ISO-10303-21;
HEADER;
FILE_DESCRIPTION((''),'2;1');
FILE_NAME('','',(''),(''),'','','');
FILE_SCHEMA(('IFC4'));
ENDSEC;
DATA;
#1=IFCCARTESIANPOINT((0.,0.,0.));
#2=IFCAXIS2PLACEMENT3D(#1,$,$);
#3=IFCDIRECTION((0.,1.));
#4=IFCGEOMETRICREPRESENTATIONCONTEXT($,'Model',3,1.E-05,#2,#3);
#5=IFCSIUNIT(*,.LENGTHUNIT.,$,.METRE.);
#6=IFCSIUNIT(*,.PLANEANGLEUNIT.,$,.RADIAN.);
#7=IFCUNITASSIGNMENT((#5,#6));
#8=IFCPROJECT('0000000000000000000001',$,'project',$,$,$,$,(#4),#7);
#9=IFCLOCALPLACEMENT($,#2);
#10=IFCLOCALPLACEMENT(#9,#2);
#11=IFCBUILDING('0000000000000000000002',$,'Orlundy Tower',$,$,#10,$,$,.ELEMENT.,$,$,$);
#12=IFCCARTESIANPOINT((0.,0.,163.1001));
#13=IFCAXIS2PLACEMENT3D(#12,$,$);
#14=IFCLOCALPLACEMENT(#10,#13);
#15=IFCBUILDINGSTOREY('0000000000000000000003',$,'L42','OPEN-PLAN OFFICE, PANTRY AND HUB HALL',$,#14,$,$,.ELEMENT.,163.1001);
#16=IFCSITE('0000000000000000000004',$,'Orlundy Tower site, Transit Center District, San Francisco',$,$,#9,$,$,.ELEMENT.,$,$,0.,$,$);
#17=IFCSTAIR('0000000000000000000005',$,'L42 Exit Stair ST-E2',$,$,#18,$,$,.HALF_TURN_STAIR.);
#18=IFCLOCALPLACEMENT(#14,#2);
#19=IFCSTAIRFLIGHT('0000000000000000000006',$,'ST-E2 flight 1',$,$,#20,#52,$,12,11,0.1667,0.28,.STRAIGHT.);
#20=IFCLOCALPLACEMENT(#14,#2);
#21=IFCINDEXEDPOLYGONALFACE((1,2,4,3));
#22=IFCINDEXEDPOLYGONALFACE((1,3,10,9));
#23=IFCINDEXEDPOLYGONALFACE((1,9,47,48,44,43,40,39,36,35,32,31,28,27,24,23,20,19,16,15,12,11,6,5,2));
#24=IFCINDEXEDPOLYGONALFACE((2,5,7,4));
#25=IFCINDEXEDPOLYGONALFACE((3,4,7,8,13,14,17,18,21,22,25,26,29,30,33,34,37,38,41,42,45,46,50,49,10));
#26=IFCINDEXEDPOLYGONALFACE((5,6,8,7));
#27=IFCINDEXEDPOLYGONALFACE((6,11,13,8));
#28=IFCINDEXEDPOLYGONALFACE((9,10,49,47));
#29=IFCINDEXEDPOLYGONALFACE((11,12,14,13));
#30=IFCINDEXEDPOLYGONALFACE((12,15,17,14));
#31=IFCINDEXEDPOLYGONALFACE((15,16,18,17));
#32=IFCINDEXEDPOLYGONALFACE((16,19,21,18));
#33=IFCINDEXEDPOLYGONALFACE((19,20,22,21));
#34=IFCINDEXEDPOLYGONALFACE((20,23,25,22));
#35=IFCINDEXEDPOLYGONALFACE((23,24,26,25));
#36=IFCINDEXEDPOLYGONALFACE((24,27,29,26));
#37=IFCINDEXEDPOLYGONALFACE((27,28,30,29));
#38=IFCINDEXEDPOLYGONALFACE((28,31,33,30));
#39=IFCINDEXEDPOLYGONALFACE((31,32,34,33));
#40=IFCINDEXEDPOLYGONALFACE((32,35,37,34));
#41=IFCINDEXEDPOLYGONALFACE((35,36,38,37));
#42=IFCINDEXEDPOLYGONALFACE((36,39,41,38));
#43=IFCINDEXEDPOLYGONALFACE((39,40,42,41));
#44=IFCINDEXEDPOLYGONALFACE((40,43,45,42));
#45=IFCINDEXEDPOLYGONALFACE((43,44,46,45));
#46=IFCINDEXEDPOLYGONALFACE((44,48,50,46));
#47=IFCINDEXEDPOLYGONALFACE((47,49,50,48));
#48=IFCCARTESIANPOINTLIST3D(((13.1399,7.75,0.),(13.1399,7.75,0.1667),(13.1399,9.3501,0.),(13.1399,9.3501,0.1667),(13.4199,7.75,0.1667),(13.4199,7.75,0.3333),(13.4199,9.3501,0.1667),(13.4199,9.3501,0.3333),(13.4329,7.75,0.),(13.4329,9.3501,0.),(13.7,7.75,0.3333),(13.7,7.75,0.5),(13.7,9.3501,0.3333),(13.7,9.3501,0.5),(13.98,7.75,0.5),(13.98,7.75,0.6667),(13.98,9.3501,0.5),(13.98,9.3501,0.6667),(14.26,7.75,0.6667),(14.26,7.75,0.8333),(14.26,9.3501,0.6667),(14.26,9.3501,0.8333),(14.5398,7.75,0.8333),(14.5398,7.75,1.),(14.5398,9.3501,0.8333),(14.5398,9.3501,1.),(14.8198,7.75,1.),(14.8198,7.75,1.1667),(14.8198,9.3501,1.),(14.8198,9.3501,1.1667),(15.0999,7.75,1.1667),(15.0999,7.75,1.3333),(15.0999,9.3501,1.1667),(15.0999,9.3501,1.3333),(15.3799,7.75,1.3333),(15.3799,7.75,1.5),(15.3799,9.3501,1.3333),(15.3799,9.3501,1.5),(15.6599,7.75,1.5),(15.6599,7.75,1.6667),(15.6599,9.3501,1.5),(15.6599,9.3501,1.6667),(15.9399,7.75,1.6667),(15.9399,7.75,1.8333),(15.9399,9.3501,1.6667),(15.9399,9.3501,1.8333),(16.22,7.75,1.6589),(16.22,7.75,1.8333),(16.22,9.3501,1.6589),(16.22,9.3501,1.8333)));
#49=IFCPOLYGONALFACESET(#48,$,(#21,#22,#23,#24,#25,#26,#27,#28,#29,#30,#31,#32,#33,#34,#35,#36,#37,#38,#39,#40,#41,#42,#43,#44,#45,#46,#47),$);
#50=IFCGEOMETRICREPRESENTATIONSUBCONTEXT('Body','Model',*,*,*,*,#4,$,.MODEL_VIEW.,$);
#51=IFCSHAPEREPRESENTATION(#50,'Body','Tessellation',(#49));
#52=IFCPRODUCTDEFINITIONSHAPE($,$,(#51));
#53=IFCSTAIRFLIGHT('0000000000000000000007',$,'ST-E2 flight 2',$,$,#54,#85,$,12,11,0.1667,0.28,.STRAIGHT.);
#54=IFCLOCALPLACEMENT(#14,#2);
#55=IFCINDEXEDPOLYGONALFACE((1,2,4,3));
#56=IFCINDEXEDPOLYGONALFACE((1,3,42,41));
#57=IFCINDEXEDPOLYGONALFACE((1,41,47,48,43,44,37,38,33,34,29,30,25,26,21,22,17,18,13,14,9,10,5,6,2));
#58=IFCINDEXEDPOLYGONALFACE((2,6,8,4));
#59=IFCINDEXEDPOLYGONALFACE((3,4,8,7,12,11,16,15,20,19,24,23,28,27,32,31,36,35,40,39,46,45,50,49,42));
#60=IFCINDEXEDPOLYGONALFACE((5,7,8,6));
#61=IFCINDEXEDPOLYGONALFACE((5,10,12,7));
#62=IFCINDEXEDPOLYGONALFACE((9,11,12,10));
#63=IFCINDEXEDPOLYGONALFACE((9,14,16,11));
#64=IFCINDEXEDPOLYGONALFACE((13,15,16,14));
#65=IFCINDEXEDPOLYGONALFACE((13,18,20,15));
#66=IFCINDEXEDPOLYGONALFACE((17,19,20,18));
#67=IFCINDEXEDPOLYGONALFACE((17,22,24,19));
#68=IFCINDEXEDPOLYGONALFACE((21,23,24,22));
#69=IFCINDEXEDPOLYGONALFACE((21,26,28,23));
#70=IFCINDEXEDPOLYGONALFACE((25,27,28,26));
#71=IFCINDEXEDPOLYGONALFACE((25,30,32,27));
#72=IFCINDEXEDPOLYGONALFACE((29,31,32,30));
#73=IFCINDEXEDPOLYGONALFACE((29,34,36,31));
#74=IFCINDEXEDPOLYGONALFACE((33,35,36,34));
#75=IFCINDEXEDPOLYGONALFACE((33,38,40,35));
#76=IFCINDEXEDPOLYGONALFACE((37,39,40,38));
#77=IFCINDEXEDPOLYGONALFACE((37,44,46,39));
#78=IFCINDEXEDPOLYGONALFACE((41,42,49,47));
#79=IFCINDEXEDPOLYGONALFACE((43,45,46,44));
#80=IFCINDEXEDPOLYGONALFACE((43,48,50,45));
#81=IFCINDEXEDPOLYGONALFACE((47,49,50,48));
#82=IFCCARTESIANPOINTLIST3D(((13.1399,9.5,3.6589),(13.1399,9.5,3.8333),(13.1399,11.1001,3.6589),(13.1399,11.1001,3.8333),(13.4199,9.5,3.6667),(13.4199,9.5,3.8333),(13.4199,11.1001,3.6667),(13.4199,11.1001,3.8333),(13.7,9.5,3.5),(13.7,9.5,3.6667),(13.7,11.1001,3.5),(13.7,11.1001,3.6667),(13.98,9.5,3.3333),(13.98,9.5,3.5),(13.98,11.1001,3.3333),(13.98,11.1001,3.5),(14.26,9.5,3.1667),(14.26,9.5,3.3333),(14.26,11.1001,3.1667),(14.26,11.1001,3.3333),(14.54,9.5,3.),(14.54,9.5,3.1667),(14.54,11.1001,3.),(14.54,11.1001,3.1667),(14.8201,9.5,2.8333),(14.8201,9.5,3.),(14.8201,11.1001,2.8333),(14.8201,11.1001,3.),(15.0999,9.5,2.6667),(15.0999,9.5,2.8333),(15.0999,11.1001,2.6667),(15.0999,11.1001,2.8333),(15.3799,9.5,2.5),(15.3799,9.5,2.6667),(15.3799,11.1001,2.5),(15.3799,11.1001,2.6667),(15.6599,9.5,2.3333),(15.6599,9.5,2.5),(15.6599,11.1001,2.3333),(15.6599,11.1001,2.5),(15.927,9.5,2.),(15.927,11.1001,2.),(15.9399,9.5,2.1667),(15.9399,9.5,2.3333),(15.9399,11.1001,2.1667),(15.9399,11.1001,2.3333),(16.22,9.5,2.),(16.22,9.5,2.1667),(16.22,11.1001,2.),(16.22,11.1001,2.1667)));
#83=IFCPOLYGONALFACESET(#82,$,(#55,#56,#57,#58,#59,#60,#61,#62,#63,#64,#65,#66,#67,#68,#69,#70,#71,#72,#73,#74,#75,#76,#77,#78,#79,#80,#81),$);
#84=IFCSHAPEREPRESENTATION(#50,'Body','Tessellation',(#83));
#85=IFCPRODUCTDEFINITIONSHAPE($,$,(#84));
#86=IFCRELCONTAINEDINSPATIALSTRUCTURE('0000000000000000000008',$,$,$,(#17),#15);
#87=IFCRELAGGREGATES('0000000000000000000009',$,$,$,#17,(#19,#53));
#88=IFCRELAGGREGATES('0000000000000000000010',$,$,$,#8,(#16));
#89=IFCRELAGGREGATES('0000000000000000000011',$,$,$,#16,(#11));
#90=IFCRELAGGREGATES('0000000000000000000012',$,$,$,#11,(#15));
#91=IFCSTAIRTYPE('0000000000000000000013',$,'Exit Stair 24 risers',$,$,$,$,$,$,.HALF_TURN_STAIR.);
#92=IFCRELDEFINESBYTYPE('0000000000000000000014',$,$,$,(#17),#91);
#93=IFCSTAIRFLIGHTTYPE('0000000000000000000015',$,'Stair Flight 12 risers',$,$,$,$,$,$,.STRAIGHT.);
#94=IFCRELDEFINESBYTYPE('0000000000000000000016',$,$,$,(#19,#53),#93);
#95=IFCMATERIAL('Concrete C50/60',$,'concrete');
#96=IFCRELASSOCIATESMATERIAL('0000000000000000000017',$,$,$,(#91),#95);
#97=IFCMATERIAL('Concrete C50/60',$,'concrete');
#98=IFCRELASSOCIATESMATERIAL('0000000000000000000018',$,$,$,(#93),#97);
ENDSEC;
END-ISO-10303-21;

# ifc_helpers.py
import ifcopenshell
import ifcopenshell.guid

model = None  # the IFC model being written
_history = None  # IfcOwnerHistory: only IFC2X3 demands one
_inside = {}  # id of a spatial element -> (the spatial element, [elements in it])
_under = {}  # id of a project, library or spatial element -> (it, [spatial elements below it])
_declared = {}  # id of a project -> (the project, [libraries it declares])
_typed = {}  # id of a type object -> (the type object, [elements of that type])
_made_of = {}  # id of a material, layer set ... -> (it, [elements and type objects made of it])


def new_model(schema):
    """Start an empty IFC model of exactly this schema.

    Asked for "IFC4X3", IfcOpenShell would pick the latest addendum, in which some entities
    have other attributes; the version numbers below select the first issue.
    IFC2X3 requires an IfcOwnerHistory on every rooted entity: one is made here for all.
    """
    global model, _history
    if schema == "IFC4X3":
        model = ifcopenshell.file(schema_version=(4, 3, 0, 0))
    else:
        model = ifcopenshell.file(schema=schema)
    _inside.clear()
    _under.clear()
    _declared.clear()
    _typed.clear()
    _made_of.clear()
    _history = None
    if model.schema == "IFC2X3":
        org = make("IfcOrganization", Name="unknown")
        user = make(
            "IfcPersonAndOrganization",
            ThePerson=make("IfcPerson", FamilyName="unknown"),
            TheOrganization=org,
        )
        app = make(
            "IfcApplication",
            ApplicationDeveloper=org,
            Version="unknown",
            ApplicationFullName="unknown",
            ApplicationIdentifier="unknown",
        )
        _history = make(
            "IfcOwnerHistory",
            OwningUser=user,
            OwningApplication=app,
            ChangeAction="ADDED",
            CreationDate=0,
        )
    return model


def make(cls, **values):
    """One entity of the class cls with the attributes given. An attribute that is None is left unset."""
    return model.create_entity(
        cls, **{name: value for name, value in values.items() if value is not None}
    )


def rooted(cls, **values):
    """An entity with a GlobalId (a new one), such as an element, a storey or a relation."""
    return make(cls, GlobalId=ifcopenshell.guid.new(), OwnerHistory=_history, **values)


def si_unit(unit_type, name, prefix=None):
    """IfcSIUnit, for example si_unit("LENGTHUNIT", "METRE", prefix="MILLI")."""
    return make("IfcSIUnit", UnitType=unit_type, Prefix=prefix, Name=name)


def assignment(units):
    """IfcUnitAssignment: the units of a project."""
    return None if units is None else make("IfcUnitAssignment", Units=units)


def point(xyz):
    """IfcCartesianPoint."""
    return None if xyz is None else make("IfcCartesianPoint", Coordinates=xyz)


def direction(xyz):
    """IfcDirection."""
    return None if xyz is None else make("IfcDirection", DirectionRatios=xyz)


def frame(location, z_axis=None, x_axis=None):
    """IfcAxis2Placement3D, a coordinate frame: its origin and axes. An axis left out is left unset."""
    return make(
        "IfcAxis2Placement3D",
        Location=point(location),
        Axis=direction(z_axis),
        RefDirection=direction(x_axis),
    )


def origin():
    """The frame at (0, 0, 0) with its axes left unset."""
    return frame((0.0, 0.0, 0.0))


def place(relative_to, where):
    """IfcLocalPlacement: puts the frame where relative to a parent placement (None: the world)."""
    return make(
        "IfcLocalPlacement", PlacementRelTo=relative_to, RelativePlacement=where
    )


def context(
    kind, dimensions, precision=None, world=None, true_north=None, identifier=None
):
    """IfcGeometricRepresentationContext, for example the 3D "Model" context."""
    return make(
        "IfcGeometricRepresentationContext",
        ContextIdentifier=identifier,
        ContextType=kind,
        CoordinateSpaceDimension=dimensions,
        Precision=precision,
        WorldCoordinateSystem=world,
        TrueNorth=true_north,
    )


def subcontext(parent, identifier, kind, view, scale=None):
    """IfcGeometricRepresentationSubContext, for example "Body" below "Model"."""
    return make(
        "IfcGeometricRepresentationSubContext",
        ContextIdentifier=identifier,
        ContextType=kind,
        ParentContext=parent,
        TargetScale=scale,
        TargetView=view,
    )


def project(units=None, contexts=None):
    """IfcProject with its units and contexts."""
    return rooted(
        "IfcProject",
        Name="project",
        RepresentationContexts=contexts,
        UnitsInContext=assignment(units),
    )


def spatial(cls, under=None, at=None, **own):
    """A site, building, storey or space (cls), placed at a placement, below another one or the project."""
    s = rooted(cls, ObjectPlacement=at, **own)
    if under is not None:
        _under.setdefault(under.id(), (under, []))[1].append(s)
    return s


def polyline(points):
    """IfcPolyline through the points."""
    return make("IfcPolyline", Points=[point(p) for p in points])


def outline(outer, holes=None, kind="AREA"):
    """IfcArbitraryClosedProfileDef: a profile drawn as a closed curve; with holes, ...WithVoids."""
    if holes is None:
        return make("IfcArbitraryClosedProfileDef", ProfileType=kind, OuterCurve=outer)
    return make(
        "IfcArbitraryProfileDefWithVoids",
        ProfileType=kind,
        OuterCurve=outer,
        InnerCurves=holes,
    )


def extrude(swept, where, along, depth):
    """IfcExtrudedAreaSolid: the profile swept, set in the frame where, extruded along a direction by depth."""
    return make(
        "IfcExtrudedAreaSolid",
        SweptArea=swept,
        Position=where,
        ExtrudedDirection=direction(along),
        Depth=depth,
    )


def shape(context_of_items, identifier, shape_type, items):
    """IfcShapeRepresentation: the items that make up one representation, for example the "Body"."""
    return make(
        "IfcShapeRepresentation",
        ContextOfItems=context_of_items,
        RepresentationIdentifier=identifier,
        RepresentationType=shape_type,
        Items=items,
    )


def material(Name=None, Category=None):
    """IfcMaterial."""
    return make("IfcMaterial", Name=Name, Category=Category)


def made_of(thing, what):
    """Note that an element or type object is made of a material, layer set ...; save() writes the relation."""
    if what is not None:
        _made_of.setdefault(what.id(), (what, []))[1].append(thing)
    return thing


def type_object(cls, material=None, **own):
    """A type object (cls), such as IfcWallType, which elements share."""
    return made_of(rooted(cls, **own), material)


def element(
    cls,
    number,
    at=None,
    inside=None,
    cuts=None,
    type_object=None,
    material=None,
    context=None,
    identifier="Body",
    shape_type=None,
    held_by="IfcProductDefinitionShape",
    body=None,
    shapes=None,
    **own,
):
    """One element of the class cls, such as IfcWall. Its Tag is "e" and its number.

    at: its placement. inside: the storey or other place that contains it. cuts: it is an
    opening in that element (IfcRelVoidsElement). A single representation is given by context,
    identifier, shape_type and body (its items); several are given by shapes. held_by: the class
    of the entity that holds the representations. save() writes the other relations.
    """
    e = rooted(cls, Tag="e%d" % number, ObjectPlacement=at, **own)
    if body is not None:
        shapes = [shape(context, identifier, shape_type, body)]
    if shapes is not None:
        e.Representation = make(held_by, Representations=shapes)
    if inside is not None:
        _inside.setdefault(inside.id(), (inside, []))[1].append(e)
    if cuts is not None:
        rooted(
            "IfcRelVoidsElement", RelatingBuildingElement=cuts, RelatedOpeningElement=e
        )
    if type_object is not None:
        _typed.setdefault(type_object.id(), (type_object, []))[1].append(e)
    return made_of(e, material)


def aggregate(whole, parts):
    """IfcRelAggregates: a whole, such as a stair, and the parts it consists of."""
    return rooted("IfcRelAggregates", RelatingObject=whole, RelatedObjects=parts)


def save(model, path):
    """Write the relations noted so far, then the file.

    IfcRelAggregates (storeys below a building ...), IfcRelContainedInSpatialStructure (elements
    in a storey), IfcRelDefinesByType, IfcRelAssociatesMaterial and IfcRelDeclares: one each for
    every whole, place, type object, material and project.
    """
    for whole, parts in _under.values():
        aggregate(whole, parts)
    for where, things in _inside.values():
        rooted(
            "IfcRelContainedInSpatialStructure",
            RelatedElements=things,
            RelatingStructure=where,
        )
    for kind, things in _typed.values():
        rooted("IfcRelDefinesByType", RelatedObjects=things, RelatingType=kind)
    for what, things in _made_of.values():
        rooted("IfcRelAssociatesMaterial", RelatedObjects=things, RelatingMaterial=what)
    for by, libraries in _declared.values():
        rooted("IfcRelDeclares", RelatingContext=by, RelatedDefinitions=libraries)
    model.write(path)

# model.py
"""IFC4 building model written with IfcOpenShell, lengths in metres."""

from ifc_helpers import new_model, si_unit, direction, frame, origin, place, context, subcontext, project, spatial, polyline, outline, extrude, material, type_object, element, aggregate, save


model = new_model("IFC4")

# Units and contexts
model_context = context("Model", 3, precision=1e-05, world=origin(), true_north=direction((0.0, 1.0)))
body_context = subcontext(model_context, "Body", "Model", "MODEL_VIEW")
ifc_project = project(units=[si_unit("LENGTHUNIT", "METRE"), si_unit("PLANEANGLEUNIT", "RADIAN")], contexts=[model_context])

# Site, building, storey
site_placement = place(None, origin())
site = spatial("IfcSite", under=ifc_project, at=site_placement, Name="Orlundy Tower site, Transit Center District, San Francisco", CompositionType="ELEMENT", RefElevation=0.0)
building_placement = place(site_placement, origin())
building = spatial("IfcBuilding", under=site, at=building_placement, Name="Orlundy Tower", CompositionType="ELEMENT")
storey_placement = place(building_placement, frame((0.0, 0.0, 163.1001)))
storey = spatial("IfcBuildingStorey", under=building, at=storey_placement, Name="L42", Description="OPEN-PLAN OFFICE, PANTRY AND HUB HALL", CompositionType="ELEMENT", Elevation=163.1001)

# Stair, stair flights
ifc_material_1 = material(Name="Concrete C50/60", Category="concrete")
stair_type = type_object("IfcStairType", Name="Exit Stair 24 risers", PredefinedType="HALF_TURN_STAIR", material=ifc_material_1)
stair_placement = place(storey_placement, origin())
stair = element("IfcStair", 1, at=stair_placement, inside=storey, type_object=stair_type, Name="L42 Exit Stair ST-E2", PredefinedType="HALF_TURN_STAIR")
ifc_material_2 = material(Name="Concrete C50/60", Category="concrete")
stair_flight_type = type_object("IfcStairFlightType", Name="Stair Flight 12 risers", PredefinedType="STRAIGHT", material=ifc_material_2)
stair_flight_1_placement = place(storey_placement, frame((13.1399, 8.55, 0.0), z_axis=(0.0, 0.0, 1.0), x_axis=(1.0, 0.0, 0.0)))
stair_flight_1 = element("IfcStairFlight", 2, at=stair_flight_1_placement, type_object=stair_flight_type, Name="ST-E2 flight 1", NumberOfRisers=12, NumberOfTreads=11, PredefinedType="STRAIGHT", RiserHeight=0.1667, TreadLength=0.28, context=body_context, shape_type="SweptSolid", body=[
    extrude(outline(polyline([(0.0, 0.0), (0.0, 0.1667), (0.28, 0.1667), (0.28, 0.3333), (0.5601, 0.3333), (0.5601, 0.5), (0.8401, 0.5), (0.8401, 0.6667), (1.1201, 0.6667), (1.1201, 0.8333), (1.3999, 0.8333), (1.3999, 1.0), (1.6799, 1.0), (1.6799, 1.1667), (1.96, 1.1667), (1.96, 1.3333), (2.24, 1.3333), (2.24, 1.5), (2.52, 1.5), (2.52, 1.6667), (2.8, 1.6667), (2.8, 1.8333), (3.0801, 1.8333), (3.0801, 2.0), (3.0801, 1.6589), (0.293, 0.0), (0.0, 0.0)])), frame((0.0, 0.8, 0.0), z_axis=(0.0, -1.0, 0.0), x_axis=(1.0, 0.0, 0.0)), (0.0, 0.0, 1.0), 1.6001),
])
stair_flight_2_placement = place(storey_placement, frame((16.22, 10.3, 2.0), z_axis=(0.0, 0.0, 1.0), x_axis=(-1.0, 0.0, 0.0)))
stair_flight_2 = element("IfcStairFlight", 3, at=stair_flight_2_placement, type_object=stair_flight_type, Name="ST-E2 flight 2", NumberOfRisers=12, NumberOfTreads=11, PredefinedType="STRAIGHT", RiserHeight=0.1667, TreadLength=0.28, context=body_context, shape_type="SweptSolid", body=[
    extrude(outline(polyline([(0.0, 0.0), (0.0, 0.1667), (0.28, 0.1667), (0.28, 0.3333), (0.5601, 0.3333), (0.5601, 0.5), (0.8401, 0.5), (0.8401, 0.6667), (1.1201, 0.6667), (1.1201, 0.8333), (1.3999, 0.8333), (1.3999, 1.0), (1.6799, 1.0), (1.6799, 1.1667), (1.96, 1.1667), (1.96, 1.3333), (2.24, 1.3333), (2.24, 1.5), (2.52, 1.5), (2.52, 1.6667), (2.8, 1.6667), (2.8, 1.8333), (3.0801, 1.8333), (3.0801, 2.0), (3.0801, 1.6589), (0.293, 0.0), (0.0, 0.0)])), frame((0.0, 0.8, 0.0), z_axis=(0.0, -1.0, 0.0), x_axis=(1.0, 0.0, 0.0)), (0.0, 0.0, 1.0), 1.6001),
])
aggregate(stair, [stair_flight_1, stair_flight_2])

save(model, "model.ifc")
